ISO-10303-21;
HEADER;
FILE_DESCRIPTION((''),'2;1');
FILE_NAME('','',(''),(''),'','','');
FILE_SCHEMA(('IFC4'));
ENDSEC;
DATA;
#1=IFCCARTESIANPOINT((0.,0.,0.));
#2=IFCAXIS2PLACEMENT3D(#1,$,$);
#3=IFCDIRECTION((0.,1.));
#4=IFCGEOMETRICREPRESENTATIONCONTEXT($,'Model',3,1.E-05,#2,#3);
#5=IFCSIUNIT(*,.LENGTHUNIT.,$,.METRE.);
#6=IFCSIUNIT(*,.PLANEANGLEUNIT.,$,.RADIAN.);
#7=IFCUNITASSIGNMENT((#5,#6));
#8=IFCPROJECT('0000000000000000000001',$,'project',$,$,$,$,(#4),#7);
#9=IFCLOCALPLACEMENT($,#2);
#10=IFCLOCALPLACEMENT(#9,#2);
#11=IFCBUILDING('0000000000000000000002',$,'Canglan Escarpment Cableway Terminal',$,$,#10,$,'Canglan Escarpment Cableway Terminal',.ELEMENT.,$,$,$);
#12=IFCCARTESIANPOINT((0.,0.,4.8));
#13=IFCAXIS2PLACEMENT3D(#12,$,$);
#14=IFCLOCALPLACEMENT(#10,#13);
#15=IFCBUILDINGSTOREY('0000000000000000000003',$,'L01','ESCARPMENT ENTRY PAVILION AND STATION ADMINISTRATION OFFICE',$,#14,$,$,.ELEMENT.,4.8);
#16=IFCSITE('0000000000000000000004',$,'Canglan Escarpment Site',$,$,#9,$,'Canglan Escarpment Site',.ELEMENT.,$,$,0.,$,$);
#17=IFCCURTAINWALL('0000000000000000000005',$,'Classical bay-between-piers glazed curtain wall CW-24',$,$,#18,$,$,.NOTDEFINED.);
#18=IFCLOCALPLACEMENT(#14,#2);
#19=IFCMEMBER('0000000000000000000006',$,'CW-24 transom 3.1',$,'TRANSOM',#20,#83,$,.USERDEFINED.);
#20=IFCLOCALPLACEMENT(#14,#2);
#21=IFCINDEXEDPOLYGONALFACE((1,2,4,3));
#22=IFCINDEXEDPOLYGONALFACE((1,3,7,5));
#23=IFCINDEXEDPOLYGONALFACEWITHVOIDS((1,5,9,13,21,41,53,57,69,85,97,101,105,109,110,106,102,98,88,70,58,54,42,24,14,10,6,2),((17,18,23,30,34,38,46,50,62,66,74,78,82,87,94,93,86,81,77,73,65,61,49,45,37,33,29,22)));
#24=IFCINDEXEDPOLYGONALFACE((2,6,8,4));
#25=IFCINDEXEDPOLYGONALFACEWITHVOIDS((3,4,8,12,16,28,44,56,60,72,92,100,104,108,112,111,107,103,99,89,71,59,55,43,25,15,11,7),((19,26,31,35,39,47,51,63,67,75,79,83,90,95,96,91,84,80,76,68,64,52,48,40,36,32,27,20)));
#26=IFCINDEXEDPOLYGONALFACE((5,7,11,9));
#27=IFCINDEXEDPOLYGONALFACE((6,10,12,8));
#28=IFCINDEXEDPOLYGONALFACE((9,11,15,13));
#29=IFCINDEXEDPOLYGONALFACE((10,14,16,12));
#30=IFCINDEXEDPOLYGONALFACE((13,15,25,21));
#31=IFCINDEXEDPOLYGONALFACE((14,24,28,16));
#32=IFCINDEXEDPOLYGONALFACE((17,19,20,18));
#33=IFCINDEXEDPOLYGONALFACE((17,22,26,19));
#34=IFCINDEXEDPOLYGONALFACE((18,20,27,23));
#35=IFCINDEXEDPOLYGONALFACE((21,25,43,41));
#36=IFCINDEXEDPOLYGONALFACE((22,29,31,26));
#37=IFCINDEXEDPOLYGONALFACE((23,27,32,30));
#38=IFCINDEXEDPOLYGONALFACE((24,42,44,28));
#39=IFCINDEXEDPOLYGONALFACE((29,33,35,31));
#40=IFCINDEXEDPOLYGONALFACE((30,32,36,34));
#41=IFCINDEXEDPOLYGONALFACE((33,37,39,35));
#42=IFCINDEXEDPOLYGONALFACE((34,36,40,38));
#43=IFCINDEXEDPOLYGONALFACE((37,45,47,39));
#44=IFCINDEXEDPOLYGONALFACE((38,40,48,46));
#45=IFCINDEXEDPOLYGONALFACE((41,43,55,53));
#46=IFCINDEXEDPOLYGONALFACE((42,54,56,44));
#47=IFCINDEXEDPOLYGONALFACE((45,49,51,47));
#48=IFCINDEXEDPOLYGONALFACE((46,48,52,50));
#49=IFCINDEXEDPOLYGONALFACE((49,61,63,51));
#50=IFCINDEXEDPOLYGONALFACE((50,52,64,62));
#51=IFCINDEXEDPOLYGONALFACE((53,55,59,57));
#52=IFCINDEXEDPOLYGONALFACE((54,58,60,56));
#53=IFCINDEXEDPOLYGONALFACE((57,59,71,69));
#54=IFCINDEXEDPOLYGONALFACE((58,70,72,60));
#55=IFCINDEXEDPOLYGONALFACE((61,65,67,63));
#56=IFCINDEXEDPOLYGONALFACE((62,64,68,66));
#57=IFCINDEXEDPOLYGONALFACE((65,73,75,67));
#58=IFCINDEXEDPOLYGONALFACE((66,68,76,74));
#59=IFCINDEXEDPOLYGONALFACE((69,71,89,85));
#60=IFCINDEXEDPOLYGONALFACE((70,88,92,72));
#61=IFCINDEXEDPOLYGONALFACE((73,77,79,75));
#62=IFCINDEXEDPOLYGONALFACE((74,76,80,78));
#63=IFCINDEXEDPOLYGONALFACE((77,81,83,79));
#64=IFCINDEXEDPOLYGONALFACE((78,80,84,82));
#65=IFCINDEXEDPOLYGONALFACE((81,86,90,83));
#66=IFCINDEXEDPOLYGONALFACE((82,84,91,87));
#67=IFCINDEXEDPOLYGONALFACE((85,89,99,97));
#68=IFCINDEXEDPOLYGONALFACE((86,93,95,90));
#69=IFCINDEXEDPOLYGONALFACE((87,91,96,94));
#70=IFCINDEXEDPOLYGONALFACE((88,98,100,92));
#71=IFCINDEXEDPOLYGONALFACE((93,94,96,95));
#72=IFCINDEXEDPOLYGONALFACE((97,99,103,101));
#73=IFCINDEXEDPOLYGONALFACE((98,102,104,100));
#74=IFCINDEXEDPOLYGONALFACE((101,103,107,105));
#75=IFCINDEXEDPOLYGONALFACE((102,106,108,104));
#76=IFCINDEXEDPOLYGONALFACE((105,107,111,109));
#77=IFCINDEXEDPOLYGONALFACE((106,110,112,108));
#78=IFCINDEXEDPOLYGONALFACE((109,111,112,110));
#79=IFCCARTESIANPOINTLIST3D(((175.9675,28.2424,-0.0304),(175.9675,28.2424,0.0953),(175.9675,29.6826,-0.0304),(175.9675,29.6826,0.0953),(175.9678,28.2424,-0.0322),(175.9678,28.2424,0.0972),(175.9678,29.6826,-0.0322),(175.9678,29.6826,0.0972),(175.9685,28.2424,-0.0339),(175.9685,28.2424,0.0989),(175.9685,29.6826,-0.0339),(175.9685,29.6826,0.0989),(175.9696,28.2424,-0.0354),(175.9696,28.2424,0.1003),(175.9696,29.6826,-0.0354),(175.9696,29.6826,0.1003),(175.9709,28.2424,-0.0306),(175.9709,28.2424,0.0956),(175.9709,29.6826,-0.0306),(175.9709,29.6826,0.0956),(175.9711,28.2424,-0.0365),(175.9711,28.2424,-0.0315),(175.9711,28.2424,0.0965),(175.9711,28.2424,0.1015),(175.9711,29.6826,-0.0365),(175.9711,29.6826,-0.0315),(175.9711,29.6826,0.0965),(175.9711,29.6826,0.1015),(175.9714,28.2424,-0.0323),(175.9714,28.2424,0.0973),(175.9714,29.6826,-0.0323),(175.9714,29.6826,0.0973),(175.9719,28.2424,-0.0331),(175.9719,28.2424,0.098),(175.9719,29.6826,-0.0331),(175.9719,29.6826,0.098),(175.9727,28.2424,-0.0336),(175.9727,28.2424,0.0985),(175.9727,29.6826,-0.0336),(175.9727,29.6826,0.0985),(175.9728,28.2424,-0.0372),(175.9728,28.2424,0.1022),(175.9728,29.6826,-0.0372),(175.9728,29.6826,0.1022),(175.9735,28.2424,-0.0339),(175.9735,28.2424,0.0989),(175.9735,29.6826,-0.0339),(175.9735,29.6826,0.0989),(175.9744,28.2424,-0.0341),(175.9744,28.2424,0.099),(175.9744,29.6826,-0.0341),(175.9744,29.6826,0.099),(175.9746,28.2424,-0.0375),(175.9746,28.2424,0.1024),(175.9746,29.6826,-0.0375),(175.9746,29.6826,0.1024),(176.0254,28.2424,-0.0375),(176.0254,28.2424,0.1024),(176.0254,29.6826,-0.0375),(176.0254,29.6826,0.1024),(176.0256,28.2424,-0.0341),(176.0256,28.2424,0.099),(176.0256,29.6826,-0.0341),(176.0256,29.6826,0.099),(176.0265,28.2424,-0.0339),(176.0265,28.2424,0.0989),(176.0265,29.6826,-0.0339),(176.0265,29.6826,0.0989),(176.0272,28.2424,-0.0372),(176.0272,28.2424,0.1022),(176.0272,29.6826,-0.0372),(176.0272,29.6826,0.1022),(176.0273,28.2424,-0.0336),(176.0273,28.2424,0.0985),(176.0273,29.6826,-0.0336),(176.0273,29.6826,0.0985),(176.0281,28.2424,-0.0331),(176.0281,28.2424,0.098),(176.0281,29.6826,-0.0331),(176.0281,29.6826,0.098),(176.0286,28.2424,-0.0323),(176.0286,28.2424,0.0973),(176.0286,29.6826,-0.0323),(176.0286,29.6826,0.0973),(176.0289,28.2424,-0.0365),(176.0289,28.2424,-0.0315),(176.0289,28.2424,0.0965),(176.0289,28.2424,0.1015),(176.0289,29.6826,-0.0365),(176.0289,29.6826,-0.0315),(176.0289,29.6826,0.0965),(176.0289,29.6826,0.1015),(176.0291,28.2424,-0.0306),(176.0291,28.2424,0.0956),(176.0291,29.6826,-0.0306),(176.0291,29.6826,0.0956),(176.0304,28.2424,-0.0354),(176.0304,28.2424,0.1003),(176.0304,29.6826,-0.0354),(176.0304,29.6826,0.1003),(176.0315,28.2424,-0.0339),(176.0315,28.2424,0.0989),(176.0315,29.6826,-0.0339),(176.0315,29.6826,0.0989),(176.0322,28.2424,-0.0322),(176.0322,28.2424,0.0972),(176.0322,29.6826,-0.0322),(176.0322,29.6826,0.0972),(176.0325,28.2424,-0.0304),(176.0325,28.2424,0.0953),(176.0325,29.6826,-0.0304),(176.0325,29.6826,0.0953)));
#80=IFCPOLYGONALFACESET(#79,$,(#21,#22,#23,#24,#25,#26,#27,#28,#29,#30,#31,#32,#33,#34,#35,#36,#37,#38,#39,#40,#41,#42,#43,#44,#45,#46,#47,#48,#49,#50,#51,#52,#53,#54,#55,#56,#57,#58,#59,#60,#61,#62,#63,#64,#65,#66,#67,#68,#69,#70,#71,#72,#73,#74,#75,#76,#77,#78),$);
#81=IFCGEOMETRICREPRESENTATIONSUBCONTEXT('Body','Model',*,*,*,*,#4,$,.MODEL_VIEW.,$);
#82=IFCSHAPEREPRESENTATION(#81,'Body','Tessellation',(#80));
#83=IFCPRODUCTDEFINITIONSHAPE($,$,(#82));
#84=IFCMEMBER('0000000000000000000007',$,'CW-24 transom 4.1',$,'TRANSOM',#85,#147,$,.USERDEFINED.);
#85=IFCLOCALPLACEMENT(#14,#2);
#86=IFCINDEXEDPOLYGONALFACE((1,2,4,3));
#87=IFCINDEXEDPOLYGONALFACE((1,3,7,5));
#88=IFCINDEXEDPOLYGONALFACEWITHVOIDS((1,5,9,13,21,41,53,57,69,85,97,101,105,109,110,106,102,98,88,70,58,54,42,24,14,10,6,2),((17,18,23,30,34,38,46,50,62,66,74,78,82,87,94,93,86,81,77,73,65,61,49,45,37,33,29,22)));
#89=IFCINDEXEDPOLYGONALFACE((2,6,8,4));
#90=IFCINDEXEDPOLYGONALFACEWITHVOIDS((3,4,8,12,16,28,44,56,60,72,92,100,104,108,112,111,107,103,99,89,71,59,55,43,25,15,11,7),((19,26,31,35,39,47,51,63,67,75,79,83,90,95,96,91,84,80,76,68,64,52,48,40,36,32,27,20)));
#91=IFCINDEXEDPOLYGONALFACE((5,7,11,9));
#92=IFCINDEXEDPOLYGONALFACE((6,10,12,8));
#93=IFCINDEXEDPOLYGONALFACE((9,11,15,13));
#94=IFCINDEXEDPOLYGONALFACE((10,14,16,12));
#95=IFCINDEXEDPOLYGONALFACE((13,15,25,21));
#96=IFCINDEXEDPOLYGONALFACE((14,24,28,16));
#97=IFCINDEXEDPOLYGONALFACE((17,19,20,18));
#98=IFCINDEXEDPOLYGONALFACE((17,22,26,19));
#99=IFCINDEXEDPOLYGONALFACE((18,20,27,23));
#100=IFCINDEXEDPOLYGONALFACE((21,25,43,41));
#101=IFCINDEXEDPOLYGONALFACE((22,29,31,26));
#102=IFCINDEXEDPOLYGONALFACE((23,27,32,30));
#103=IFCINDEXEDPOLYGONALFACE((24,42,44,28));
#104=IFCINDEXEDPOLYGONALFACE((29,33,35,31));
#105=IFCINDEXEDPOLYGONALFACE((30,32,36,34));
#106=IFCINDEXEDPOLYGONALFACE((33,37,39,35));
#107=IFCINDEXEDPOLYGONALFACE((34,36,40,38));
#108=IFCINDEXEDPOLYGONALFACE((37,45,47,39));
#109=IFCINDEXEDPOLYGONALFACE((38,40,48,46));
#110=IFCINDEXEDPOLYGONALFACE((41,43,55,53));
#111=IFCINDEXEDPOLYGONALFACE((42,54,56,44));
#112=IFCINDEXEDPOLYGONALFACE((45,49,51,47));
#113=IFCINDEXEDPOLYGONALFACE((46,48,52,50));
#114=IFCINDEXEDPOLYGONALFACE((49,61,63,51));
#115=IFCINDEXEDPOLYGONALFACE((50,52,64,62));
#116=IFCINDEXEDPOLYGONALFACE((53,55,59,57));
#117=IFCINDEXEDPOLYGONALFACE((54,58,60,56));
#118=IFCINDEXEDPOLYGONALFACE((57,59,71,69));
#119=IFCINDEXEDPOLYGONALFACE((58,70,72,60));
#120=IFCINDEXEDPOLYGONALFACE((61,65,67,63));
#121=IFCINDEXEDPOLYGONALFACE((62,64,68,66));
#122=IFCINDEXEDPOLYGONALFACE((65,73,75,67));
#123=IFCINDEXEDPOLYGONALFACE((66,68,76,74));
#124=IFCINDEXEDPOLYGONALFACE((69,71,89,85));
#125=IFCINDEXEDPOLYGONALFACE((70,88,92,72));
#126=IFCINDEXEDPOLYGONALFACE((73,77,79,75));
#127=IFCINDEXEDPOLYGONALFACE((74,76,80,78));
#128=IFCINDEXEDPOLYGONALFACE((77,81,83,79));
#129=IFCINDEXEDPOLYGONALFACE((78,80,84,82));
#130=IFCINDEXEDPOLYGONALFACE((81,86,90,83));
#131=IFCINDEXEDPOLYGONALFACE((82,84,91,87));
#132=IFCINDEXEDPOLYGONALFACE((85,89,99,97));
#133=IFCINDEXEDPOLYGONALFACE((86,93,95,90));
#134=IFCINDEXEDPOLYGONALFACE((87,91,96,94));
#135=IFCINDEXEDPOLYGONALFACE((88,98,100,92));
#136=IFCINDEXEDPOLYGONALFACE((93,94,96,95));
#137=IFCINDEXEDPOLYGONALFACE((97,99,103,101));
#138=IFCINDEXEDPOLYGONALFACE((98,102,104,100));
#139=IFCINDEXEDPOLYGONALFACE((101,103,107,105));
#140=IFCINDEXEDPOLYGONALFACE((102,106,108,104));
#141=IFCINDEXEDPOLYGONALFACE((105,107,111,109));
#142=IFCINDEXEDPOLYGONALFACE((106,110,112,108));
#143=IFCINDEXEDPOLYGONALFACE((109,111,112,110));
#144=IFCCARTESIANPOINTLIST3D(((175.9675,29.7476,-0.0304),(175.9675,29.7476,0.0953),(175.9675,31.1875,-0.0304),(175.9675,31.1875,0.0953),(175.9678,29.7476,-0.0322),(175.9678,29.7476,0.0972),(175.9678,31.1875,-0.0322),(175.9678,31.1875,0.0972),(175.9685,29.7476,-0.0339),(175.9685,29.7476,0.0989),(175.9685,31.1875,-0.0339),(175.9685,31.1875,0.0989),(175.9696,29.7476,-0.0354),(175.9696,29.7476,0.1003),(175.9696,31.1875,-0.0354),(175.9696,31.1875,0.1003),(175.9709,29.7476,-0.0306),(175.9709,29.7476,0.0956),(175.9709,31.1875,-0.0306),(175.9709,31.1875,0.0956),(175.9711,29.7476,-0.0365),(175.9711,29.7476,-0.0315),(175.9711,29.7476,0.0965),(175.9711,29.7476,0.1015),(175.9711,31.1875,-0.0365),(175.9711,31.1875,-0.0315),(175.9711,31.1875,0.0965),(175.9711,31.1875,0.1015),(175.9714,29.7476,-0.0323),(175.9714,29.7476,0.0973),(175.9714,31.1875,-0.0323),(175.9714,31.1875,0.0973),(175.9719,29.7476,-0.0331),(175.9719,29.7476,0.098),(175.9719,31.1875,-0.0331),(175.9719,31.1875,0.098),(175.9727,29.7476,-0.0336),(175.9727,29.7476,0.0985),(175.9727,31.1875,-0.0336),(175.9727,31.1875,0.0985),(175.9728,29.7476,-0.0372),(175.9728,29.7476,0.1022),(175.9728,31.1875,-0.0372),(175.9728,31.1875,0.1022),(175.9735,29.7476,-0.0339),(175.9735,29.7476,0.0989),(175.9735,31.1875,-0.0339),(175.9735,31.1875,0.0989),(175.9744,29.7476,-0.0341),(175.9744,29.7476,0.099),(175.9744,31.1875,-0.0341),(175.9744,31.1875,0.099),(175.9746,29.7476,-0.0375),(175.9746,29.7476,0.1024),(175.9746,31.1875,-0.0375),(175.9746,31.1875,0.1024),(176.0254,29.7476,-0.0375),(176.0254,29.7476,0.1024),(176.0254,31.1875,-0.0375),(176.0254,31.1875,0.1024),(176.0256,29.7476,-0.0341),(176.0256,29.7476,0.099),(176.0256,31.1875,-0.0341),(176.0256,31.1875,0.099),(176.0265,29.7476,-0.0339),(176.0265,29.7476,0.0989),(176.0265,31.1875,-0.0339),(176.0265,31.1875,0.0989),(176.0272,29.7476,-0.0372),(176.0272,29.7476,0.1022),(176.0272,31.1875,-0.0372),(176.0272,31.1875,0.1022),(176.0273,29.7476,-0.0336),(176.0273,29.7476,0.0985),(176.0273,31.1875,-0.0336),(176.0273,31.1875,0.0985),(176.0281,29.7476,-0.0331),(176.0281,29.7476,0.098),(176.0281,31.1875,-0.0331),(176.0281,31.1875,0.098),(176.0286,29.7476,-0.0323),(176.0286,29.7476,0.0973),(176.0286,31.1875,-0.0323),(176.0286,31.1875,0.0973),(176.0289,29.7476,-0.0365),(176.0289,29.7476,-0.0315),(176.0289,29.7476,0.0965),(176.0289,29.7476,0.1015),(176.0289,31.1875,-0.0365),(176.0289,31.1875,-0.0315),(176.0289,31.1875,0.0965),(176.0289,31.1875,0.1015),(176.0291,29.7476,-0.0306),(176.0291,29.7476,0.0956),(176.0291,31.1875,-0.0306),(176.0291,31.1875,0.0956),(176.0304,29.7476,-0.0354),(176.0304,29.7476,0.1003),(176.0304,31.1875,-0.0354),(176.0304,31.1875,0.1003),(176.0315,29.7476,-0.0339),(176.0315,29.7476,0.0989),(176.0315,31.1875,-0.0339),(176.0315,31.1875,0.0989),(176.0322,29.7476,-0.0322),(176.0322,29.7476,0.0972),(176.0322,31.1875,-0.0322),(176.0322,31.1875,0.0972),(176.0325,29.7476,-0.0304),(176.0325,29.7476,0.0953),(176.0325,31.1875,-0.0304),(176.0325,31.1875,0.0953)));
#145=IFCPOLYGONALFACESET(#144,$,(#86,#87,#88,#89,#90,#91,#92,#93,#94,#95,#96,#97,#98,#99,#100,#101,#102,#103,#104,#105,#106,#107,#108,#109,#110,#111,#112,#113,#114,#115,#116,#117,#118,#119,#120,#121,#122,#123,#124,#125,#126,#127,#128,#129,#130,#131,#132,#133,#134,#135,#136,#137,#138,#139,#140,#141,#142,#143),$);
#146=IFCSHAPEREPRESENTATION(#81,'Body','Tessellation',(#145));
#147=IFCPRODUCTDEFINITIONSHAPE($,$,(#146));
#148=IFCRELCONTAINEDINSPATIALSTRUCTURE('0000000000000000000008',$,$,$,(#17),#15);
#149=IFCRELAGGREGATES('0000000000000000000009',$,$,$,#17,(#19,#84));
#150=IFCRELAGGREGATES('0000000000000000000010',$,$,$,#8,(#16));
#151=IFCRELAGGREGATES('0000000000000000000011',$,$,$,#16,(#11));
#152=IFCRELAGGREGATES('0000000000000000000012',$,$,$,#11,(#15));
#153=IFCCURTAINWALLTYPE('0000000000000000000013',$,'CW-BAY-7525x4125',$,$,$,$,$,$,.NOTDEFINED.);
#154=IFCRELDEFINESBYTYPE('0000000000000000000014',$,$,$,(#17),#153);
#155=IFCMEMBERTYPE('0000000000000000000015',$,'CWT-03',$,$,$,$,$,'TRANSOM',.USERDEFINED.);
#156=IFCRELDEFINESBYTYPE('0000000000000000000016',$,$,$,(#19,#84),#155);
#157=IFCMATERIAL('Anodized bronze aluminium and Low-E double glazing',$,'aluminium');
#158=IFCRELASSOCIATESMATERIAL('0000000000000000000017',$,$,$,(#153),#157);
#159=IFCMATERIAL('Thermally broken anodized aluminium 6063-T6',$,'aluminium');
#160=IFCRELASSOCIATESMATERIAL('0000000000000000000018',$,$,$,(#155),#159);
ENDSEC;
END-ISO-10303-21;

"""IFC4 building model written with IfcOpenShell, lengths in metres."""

from ifc_helpers import new_model, si_unit, direction, frame, origin, origin_2d, place, context, subcontext, project, spatial, hollow_rectangle, extrude, material, material_profile, profile_set, type_object, element, aggregate, save


model = new_model("IFC4")

# Units and contexts
model_context = context("Model", 3, precision=1e-05, world=origin(), true_north=direction((0.0, 1.0)))
body_context = subcontext(model_context, "Body", "Model", "MODEL_VIEW")
ifc_project = project(units=[si_unit("LENGTHUNIT", "METRE"), si_unit("PLANEANGLEUNIT", "RADIAN")], contexts=[model_context])

# Site, building, storey
site_placement = place(None, origin())
site = spatial("IfcSite", under=ifc_project, at=site_placement, Name="Canglan Escarpment Site", LongName="Canglan Escarpment Site", CompositionType="ELEMENT", RefElevation=0.0)
building_placement = place(site_placement, origin())
building = spatial("IfcBuilding", under=site, at=building_placement, Name="Canglan Escarpment Cableway Terminal", LongName="Canglan Escarpment Cableway Terminal", CompositionType="ELEMENT")
storey_placement = place(building_placement, frame((0.0, 0.0, 4.8)))
storey = spatial("IfcBuildingStorey", under=building, at=storey_placement, Name="L01", Description="ESCARPMENT ENTRY PAVILION AND STATION ADMINISTRATION OFFICE", CompositionType="ELEMENT", Elevation=4.8)

# Curtain wall, members
ifc_material_1 = material(Name="Anodized bronze aluminium and Low-E double glazing", Category="aluminium")
curtain_wall_type = type_object("IfcCurtainWallType", Name="CW-BAY-7525x4125", PredefinedType="NOTDEFINED", material=ifc_material_1)
curtain_wall_placement = place(storey_placement, origin())
curtain_wall = element("IfcCurtainWall", 1, at=curtain_wall_placement, inside=storey, type_object=curtain_wall_type, Name="Classical bay-between-piers glazed curtain wall CW-24", PredefinedType="NOTDEFINED")
ifc_material_2 = material(Name="Thermally broken anodized aluminium 6063-T6", Category="aluminium")
ifc_material_profile_1 = material_profile(ifc_material_2, hollow_rectangle(XDim=0.0649, YDim=0.1399, WallThickness=0.0034, InnerFilletRadius=0.0034, OuterFilletRadius=0.0071, at=origin_2d()), Name="ALU-TRAN 65x140x3.5")
ifc_profile_set_1 = profile_set([ifc_material_profile_1], Name="Thermally broken anodized aluminium 6063-T6")
member_type_1 = type_object("IfcMemberType", Name="CWT-03", ElementType="TRANSOM", PredefinedType="USERDEFINED", material=ifc_profile_set_1)
member_1_placement = place(storey_placement, frame((176.0, 28.2424, 0.0325), z_axis=(0.0, 1.0, 0.0), x_axis=(-1.0, 0.0, 0.0)))
member_1 = element("IfcMember", 2, at=member_1_placement, type_object=member_type_1, Name="CW-24 transom 3.1", ObjectType="TRANSOM", PredefinedType="USERDEFINED", context=body_context, shape_type="SweptSolid", body=[
    extrude(hollow_rectangle(XDim=0.0649, YDim=0.1399, WallThickness=0.0034, InnerFilletRadius=0.0034, OuterFilletRadius=0.0071, at=origin_2d()), origin(), (0.0, 0.0, 1.0), 1.4402),
])
member_2_placement = place(storey_placement, frame((176.0, 29.7476, 0.0325), z_axis=(0.0, 1.0, 0.0), x_axis=(-1.0, 0.0, 0.0)))
member_2 = element("IfcMember", 3, at=member_2_placement, type_object=member_type_1, Name="CW-24 transom 4.1", ObjectType="TRANSOM", PredefinedType="USERDEFINED", context=body_context, shape_type="SweptSolid", body=[
    extrude(hollow_rectangle(XDim=0.0649, YDim=0.1399, WallThickness=0.0034, InnerFilletRadius=0.0034, OuterFilletRadius=0.0071, at=origin_2d()), origin(), (0.0, 0.0, 1.0), 1.4399),
])
aggregate(curtain_wall, [member_1, member_2])

save(model, "model.ifc")
